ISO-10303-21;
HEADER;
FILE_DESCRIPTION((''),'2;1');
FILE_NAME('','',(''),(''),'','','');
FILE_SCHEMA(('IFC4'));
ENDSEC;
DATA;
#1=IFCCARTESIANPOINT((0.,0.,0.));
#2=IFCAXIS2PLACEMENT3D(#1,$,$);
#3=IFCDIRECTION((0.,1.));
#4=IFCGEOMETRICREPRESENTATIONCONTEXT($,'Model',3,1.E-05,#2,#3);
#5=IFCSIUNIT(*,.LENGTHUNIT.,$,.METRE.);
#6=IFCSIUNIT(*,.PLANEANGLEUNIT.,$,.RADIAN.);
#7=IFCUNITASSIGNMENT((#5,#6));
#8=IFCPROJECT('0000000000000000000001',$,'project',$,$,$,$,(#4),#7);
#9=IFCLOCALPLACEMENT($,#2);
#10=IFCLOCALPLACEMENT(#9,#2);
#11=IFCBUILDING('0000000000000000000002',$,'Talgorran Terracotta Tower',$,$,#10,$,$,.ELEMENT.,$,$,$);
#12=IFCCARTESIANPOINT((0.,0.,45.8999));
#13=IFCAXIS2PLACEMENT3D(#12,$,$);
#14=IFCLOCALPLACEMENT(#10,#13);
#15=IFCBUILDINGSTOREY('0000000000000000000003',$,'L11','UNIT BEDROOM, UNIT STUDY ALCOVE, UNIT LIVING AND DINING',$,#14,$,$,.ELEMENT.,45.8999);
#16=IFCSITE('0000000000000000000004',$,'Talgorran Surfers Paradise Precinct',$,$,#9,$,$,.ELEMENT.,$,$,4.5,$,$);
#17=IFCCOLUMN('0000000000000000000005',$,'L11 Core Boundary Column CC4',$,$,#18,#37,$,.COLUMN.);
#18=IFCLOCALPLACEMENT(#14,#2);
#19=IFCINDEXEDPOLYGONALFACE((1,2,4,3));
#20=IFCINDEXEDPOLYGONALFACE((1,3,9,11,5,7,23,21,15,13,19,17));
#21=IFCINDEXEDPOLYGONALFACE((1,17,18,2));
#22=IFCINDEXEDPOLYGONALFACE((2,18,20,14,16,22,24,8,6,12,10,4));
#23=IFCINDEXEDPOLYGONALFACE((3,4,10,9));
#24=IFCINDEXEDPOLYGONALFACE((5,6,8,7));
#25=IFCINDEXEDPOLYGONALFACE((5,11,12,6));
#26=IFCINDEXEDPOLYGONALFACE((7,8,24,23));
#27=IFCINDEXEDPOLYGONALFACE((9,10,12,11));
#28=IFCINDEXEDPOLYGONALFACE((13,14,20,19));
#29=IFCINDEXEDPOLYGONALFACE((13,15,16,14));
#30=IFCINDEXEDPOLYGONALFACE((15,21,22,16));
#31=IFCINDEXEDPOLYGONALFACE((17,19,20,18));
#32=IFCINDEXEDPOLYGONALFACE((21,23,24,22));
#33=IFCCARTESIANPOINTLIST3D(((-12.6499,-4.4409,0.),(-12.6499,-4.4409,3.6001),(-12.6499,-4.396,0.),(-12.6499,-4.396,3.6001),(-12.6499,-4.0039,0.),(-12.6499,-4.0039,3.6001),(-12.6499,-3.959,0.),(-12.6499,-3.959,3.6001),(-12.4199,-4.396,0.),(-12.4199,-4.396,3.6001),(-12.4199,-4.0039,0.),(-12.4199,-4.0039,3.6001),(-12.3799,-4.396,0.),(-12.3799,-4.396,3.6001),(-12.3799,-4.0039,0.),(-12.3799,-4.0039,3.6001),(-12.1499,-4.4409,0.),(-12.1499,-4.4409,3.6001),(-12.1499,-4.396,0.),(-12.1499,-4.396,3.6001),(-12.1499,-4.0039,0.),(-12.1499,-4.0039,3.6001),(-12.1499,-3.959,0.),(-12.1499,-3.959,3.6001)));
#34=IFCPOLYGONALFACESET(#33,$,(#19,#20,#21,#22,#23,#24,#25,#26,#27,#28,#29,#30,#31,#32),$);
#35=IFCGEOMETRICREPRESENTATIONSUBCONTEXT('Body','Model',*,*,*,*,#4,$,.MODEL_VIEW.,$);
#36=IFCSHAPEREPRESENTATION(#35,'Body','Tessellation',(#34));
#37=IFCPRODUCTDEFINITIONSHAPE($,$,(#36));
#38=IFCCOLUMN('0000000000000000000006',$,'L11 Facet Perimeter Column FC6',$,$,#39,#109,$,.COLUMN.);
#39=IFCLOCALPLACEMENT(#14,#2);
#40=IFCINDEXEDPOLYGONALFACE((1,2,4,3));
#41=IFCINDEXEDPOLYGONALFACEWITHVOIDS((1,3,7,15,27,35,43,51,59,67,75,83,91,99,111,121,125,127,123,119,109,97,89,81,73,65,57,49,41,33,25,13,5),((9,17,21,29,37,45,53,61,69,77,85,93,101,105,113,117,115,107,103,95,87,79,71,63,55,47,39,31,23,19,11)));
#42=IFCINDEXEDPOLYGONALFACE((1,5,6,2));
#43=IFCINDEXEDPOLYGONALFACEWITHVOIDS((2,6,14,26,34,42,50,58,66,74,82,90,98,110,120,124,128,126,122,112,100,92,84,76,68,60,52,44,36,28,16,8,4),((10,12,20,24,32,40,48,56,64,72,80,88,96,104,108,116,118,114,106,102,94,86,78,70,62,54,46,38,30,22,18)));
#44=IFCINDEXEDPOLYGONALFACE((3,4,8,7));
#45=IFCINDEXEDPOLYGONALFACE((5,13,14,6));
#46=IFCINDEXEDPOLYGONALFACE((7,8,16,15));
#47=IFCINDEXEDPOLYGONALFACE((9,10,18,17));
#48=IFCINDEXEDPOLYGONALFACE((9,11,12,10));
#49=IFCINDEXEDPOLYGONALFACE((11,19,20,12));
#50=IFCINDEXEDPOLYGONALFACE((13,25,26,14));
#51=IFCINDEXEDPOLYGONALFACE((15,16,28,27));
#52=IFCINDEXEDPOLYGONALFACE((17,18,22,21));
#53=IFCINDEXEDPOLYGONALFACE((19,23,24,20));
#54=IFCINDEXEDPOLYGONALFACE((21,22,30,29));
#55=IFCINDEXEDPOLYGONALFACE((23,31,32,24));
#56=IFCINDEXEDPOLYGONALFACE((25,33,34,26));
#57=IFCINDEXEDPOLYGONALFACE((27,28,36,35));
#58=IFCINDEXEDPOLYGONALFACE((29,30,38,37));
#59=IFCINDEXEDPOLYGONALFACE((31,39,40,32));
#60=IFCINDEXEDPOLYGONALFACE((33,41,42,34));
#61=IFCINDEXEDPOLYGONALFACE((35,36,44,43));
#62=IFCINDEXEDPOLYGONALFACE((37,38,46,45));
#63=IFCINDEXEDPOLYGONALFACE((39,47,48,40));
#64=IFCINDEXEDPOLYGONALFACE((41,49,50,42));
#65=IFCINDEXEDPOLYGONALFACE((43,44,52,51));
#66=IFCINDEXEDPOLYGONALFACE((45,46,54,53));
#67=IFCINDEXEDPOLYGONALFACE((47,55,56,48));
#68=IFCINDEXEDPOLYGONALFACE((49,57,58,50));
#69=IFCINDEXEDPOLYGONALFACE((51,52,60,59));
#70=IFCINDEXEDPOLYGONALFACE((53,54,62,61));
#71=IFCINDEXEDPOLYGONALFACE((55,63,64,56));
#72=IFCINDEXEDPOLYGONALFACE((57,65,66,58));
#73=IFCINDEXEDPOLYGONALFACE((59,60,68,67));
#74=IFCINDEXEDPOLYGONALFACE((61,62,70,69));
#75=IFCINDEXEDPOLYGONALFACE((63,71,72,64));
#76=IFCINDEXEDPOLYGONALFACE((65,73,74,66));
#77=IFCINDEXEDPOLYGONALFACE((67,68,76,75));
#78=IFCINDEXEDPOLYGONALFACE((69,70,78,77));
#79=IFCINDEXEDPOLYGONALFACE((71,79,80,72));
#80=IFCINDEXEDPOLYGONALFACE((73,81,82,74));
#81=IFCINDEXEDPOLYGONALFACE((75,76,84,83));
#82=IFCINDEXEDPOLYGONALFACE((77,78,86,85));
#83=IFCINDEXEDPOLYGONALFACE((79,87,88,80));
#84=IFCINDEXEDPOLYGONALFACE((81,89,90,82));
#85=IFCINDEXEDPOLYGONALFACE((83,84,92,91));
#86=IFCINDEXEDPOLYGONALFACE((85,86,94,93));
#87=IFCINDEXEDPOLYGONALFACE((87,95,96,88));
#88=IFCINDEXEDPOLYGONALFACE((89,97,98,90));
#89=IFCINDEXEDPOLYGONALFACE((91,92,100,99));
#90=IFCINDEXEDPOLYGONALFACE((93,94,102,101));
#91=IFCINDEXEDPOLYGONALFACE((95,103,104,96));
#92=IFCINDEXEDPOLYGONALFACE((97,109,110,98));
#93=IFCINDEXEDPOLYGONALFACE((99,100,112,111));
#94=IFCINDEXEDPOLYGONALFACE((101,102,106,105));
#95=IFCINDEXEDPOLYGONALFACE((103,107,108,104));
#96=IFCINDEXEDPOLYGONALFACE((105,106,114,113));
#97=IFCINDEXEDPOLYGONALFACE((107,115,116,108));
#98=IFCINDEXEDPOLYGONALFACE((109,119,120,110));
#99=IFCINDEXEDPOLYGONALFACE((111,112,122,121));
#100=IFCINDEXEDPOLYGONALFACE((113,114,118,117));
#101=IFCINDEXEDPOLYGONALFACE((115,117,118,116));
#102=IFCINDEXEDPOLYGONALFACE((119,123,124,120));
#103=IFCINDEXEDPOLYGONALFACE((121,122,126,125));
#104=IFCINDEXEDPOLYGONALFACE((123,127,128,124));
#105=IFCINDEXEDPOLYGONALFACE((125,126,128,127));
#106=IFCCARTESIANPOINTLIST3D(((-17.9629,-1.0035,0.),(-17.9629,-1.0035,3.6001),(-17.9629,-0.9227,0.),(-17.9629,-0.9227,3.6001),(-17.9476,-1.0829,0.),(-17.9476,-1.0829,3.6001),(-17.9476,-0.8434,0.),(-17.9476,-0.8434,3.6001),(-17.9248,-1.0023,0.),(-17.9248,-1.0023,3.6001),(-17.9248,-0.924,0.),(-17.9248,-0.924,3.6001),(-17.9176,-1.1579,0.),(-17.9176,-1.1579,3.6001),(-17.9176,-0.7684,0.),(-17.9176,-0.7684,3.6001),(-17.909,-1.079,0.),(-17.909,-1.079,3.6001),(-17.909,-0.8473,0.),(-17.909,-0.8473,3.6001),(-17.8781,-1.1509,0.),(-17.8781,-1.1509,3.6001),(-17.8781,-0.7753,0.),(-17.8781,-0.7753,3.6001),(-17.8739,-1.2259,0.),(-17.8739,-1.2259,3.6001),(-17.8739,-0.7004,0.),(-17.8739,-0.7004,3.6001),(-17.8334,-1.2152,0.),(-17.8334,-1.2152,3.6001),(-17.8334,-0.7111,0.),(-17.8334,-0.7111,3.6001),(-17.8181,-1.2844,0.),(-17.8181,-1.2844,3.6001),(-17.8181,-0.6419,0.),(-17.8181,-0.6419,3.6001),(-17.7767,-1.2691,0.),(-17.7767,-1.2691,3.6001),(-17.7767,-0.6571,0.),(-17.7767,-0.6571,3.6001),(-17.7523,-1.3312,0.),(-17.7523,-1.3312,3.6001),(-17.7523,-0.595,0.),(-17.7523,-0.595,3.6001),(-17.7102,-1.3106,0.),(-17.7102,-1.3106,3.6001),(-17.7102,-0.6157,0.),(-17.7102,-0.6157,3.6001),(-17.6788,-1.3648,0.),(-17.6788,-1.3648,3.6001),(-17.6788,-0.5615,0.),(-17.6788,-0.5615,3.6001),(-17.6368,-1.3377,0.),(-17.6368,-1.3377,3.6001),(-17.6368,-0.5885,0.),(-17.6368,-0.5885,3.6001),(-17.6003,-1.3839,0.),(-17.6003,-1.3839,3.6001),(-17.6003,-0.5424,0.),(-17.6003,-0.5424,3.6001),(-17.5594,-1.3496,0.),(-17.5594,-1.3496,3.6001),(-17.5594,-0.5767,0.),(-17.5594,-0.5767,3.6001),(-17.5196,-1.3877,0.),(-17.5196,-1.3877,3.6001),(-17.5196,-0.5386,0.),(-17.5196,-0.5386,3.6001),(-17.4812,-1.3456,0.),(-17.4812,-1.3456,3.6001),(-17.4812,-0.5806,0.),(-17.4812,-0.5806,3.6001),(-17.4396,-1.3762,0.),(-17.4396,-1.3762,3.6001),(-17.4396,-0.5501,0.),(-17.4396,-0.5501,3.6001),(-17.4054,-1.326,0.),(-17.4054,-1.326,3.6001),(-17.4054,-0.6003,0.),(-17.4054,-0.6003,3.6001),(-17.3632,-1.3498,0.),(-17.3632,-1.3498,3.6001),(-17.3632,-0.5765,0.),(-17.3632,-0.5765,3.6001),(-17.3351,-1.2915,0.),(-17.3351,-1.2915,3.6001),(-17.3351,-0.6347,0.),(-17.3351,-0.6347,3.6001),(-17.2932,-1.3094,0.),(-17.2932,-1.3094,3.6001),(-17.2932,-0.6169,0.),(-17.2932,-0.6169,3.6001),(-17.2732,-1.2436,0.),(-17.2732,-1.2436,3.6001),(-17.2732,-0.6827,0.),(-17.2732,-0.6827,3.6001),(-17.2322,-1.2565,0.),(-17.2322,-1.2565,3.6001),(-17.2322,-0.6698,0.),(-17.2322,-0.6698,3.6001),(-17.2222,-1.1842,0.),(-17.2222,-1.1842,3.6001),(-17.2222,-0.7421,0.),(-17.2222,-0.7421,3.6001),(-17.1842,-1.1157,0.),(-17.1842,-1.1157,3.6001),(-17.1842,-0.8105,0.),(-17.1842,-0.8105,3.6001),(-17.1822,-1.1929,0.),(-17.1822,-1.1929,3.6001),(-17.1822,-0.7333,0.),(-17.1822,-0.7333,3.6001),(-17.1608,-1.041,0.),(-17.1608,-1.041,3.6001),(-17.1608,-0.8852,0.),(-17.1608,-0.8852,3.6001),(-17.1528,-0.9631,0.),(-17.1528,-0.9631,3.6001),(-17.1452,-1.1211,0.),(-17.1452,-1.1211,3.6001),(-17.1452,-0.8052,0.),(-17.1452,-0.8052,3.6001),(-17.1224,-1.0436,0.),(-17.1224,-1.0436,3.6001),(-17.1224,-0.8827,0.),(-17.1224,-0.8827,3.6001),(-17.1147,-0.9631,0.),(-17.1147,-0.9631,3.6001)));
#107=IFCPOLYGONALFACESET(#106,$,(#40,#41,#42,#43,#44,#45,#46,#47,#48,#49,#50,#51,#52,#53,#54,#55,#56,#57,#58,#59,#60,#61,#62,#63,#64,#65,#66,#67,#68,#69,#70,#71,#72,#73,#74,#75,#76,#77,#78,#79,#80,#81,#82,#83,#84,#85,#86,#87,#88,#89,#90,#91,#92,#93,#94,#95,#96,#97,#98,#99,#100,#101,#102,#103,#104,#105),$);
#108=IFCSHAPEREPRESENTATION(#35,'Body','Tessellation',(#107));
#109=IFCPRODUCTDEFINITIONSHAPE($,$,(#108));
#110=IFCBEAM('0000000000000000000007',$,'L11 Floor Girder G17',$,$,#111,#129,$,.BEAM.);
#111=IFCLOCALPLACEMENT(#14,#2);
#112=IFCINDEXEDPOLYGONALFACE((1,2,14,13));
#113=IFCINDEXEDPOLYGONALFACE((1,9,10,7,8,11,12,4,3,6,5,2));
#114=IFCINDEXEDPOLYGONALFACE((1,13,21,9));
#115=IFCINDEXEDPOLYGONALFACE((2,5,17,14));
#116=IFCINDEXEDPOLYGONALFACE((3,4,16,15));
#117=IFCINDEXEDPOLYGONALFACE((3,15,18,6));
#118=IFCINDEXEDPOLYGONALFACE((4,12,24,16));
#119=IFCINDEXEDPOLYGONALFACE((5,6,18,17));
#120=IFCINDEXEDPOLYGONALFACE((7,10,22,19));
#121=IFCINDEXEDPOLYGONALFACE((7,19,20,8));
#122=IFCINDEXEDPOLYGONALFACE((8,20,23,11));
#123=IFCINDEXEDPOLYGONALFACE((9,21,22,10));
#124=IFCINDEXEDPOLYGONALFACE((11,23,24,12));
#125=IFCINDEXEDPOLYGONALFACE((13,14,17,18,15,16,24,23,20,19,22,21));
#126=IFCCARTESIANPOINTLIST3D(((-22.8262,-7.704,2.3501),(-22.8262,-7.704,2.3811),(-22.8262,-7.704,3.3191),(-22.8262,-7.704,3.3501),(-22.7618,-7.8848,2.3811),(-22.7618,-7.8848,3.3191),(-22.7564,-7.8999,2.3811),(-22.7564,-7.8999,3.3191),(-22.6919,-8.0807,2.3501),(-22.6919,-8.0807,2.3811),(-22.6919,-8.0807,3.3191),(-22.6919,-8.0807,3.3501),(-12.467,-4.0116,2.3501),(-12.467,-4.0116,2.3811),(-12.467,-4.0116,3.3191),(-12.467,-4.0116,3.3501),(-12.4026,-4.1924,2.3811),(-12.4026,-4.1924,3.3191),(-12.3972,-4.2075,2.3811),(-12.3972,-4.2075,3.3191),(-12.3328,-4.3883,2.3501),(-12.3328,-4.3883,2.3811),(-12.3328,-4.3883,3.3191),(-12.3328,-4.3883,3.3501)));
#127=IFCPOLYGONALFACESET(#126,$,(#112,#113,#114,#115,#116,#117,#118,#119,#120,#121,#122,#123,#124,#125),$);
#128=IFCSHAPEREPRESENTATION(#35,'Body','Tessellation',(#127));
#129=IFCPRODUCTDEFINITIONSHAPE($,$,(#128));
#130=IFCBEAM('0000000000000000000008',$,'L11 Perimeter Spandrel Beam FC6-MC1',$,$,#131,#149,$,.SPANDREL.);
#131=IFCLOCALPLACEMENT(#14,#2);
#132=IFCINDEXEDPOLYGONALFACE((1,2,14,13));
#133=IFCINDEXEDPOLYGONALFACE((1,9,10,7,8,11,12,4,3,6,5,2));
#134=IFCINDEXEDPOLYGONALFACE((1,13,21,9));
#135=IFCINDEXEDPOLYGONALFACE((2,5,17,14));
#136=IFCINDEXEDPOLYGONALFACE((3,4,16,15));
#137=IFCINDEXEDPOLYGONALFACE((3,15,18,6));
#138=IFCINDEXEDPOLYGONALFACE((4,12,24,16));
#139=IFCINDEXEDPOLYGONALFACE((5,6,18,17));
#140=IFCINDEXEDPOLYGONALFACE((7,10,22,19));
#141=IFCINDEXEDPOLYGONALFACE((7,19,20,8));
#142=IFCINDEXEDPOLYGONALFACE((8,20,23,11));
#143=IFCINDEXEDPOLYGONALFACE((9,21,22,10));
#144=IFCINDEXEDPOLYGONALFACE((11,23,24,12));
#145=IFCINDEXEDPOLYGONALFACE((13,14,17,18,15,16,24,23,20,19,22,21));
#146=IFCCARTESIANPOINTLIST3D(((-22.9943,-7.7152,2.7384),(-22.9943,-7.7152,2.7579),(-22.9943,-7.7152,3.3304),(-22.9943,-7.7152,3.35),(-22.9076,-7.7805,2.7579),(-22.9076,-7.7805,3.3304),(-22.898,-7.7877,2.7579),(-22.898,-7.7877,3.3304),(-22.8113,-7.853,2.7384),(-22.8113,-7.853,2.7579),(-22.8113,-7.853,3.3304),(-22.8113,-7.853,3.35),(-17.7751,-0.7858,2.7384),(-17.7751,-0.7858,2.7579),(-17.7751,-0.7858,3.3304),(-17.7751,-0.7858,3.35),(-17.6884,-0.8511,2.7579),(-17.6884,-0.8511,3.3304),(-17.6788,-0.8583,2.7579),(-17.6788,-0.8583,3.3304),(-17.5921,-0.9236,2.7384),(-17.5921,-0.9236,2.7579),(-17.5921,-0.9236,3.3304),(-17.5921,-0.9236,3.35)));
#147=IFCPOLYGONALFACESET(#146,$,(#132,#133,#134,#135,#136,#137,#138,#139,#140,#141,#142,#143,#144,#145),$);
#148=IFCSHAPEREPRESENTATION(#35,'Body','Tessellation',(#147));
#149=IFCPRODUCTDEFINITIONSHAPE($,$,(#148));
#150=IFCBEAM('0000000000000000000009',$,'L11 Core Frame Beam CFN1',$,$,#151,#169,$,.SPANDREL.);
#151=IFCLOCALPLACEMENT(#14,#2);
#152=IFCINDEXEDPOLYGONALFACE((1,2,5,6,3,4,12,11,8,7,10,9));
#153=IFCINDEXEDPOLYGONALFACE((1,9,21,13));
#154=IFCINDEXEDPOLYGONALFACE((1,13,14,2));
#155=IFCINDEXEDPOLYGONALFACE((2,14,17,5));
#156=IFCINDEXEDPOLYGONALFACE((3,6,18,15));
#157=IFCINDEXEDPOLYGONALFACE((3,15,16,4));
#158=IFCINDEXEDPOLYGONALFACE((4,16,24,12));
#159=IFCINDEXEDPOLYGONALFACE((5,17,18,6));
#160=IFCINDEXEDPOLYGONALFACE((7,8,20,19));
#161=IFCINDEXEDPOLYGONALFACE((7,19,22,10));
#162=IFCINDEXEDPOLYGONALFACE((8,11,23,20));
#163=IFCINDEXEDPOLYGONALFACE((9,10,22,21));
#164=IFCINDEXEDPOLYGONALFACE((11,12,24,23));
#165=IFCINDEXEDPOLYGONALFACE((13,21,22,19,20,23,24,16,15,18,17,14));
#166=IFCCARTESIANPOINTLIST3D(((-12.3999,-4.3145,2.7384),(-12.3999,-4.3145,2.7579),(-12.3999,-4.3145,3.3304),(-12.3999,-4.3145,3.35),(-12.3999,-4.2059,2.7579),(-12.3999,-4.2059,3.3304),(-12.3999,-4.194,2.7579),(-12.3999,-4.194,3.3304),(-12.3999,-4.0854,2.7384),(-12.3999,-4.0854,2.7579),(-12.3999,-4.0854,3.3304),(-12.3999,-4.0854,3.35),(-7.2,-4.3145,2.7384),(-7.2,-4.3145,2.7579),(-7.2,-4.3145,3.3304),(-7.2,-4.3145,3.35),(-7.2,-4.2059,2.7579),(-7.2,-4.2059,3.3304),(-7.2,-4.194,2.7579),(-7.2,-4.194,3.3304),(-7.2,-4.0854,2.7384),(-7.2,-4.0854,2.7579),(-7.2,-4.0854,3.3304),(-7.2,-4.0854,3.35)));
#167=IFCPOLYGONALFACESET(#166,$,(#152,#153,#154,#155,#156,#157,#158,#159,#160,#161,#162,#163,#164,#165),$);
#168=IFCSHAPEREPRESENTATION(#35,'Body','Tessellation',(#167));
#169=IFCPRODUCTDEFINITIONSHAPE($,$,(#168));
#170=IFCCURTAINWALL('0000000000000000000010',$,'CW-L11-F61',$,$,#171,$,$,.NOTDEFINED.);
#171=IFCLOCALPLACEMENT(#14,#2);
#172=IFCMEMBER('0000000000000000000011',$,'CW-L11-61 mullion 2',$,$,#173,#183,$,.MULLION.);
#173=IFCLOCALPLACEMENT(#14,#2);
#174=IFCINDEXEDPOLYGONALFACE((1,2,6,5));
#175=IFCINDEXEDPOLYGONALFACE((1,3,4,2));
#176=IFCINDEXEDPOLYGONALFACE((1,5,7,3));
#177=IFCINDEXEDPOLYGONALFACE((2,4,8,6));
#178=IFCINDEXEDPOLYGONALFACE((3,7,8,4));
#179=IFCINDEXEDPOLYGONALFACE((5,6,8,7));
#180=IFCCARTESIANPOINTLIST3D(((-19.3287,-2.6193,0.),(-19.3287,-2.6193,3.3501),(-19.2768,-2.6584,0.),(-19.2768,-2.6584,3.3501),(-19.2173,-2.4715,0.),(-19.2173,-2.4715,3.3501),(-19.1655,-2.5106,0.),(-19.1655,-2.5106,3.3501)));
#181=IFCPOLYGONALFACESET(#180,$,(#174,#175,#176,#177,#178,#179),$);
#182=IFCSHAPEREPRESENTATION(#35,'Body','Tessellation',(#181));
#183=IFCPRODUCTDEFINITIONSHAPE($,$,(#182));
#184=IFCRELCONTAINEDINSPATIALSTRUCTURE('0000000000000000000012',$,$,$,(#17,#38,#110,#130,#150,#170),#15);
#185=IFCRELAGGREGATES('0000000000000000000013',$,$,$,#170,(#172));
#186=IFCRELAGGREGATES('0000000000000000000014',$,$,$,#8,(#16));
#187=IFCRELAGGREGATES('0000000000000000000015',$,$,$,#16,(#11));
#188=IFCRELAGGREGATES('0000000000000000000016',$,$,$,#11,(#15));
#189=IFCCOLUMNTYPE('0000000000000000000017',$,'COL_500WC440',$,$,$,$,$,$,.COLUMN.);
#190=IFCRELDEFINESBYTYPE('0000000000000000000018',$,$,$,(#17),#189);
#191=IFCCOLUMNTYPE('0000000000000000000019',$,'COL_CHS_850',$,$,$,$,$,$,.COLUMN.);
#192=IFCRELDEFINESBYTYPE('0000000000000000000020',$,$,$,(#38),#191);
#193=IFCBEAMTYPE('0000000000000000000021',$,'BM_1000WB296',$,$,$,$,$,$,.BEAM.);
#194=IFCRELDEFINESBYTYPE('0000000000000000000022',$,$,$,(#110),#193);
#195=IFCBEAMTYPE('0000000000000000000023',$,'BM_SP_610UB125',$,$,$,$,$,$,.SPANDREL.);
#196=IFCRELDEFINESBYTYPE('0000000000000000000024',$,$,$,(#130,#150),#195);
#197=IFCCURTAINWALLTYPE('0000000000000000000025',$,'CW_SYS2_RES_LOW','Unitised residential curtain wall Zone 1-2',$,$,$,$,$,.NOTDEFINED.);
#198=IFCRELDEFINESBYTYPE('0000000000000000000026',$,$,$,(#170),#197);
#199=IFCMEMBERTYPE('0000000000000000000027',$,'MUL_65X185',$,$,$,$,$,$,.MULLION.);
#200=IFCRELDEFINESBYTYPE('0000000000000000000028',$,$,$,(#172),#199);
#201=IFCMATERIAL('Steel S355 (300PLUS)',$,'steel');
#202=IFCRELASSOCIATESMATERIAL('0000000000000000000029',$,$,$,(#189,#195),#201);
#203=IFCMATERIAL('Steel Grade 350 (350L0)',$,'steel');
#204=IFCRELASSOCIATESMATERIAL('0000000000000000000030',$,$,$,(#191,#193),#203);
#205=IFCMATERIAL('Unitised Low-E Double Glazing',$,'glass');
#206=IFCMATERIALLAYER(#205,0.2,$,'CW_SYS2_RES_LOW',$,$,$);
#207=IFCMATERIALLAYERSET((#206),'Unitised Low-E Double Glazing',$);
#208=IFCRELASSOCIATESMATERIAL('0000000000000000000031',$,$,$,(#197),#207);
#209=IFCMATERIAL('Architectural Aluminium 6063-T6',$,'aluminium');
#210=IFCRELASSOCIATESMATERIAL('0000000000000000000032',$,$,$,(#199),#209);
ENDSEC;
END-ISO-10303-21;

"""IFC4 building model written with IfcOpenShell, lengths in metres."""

from ifc_helpers import new_model, si_unit, direction, frame, origin, origin_2d, place, context, subcontext, project, spatial, rectangle, hollow_circle, i_section, extrude, material, layer, layer_set, material_profile, profile_set, type_object, element, aggregate, save


model = new_model("IFC4")

# Units and contexts
model_context = context("Model", 3, precision=1e-05, world=origin(), true_north=direction((0.0, 1.0)))
body_context = subcontext(model_context, "Body", "Model", "MODEL_VIEW")
ifc_project = project(units=[si_unit("LENGTHUNIT", "METRE"), si_unit("PLANEANGLEUNIT", "RADIAN")], contexts=[model_context])

# Site, building, storey
site_placement = place(None, origin())
site = spatial("IfcSite", under=ifc_project, at=site_placement, Name="Talgorran Surfers Paradise Precinct", CompositionType="ELEMENT", RefElevation=4.5)
building_placement = place(site_placement, origin())
building = spatial("IfcBuilding", under=site, at=building_placement, Name="Talgorran Terracotta Tower", CompositionType="ELEMENT")
storey_placement = place(building_placement, frame((0.0, 0.0, 45.8999)))
storey = spatial("IfcBuildingStorey", under=building, at=storey_placement, Name="L11", Description="UNIT BEDROOM, UNIT STUDY ALCOVE, UNIT LIVING AND DINING", CompositionType="ELEMENT", Elevation=45.8999)

# Columns
ifc_material_1 = material(Name="Steel S355 (300PLUS)", Category="steel")
ifc_material_profile_1 = material_profile(ifc_material_1, i_section(OverallWidth=0.5, OverallDepth=0.4819, WebThickness=0.04, FlangeThickness=0.0449, at=origin_2d()), Name="500WC440")
ifc_profile_set_1 = profile_set([ifc_material_profile_1], Name="Steel S355 (300PLUS)")
column_type_1 = type_object("IfcColumnType", Name="COL_500WC440", PredefinedType="COLUMN", material=ifc_profile_set_1)
column_1_placement = place(storey_placement, frame((-12.3999, -4.2, 0.0), z_axis=(0.0, 0.0, 1.0), x_axis=(1.0, 0.0, 0.0)))
element("IfcColumn", 1, at=column_1_placement, inside=storey, type_object=column_type_1, Name="L11 Core Boundary Column CC4", PredefinedType="COLUMN", context=body_context, shape_type="SweptSolid", body=[
    extrude(i_section(OverallWidth=0.5, OverallDepth=0.4819, WebThickness=0.04, FlangeThickness=0.0449, at=origin_2d()), origin(), (0.0, 0.0, 1.0), 3.6001),
])
ifc_material_2 = material(Name="Steel Grade 350 (350L0)", Category="steel")
ifc_material_profile_2 = material_profile(ifc_material_2, hollow_circle(Radius=0.425, WallThickness=0.0381, at=origin_2d()), Name="CHS850X38")
ifc_profile_set_2 = profile_set([ifc_material_profile_2], Name="Steel Grade 350 (350L0)")
column_type_2 = type_object("IfcColumnType", Name="COL_CHS_850", PredefinedType="COLUMN", material=ifc_profile_set_2)
column_2_placement = place(storey_placement, frame((-17.5398, -0.9631, 0.0), z_axis=(0.0, 0.0, 1.0), x_axis=(1.0, 0.0, 0.0)))
element("IfcColumn", 2, at=column_2_placement, inside=storey, type_object=column_type_2, Name="L11 Facet Perimeter Column FC6", PredefinedType="COLUMN", context=body_context, shape_type="SweptSolid", body=[
    extrude(hollow_circle(Radius=0.425, WallThickness=0.0381, at=origin_2d()), origin(), (0.0, 0.0, 1.0), 3.6001),
])

# Beams
ifc_material_profile_3 = material_profile(ifc_material_2, i_section(OverallWidth=0.3999, OverallDepth=1.0, WebThickness=0.0161, FlangeThickness=0.031, at=origin_2d()), Name="1000WB296")
ifc_profile_set_3 = profile_set([ifc_material_profile_3], Name="Steel Grade 350 (350L0)")
beam_type_1 = type_object("IfcBeamType", Name="BM_1000WB296", PredefinedType="BEAM", material=ifc_profile_set_3)
beam_1_placement = place(storey_placement, frame((-12.3999, -4.2, 2.8501), z_axis=(-0.941952, -0.335747, 0.0), x_axis=(0.335747, -0.941952, 0.0)))
element("IfcBeam", 3, at=beam_1_placement, inside=storey, type_object=beam_type_1, Name="L11 Floor Girder G17", PredefinedType="BEAM", context=body_context, shape_type="SweptSolid", body=[
    extrude(i_section(OverallWidth=0.3999, OverallDepth=1.0, WebThickness=0.0161, FlangeThickness=0.031, at=origin_2d()), origin(), (0.0, 0.0, 1.0), 10.9976),
])
ifc_material_profile_4 = material_profile(ifc_material_1, i_section(OverallWidth=0.229, OverallDepth=0.6116, WebThickness=0.012, FlangeThickness=0.0195, at=origin_2d()), Name="610UB125")
ifc_profile_set_4 = profile_set([ifc_material_profile_4], Name="Steel S355 (300PLUS)")
beam_type_2 = type_object("IfcBeamType", Name="BM_SP_610UB125", PredefinedType="SPANDREL", material=ifc_profile_set_4)
beam_2_placement = place(storey_placement, frame((-17.6836, -0.8547, 3.0442), z_axis=(-0.601633, -0.798772, 0.0), x_axis=(0.798772, -0.601633, 0.0)))
element("IfcBeam", 4, at=beam_2_placement, inside=storey, type_object=beam_type_2, Name="L11 Perimeter Spandrel Beam FC6-MC1", PredefinedType="SPANDREL", context=body_context, shape_type="SweptSolid", body=[
    extrude(i_section(OverallWidth=0.229, OverallDepth=0.6116, WebThickness=0.012, FlangeThickness=0.0195, at=origin_2d()), origin(), (0.0, 0.0, 1.0), 8.675),
])
beam_3_placement = place(storey_placement, frame((-12.3999, -4.2, 3.0442), z_axis=(1.0, 0.0, 0.0), x_axis=(0.0, 1.0, 0.0)))
element("IfcBeam", 5, at=beam_3_placement, inside=storey, type_object=beam_type_2, Name="L11 Core Frame Beam CFN1", PredefinedType="SPANDREL", context=body_context, shape_type="SweptSolid", body=[
    extrude(i_section(OverallWidth=0.229, OverallDepth=0.6116, WebThickness=0.012, FlangeThickness=0.0195, at=origin_2d()), origin(), (0.0, 0.0, 1.0), 5.2),
])

# Curtain wall, member
ifc_material_3 = material(Name="Unitised Low-E Double Glazing", Category="glass")
ifc_layer_1 = layer(ifc_material_3, 0.2, Name="CW_SYS2_RES_LOW")
ifc_layer_set_1 = layer_set([ifc_layer_1], Name="Unitised Low-E Double Glazing")
curtain_wall_type = type_object("IfcCurtainWallType", Name="CW_SYS2_RES_LOW", Description="Unitised residential curtain wall Zone 1-2", PredefinedType="NOTDEFINED", material=ifc_layer_set_1)
curtain_wall_1_placement = place(storey_placement, origin())
curtain_wall_1 = element("IfcCurtainWall", 6, at=curtain_wall_1_placement, inside=storey, type_object=curtain_wall_type, Name="CW-L11-F61", PredefinedType="NOTDEFINED")
ifc_material_4 = material(Name="Architectural Aluminium 6063-T6", Category="aluminium")
ifc_material_profile_5 = material_profile(ifc_material_4, rectangle(XDim=0.0649, YDim=0.1851, at=origin_2d()), Name="CWM65X185")
ifc_profile_set_5 = profile_set([ifc_material_profile_5], Name="Architectural Aluminium 6063-T6")
member_type_1 = type_object("IfcMemberType", Name="MUL_65X185", PredefinedType="MULLION", material=ifc_profile_set_5)
member_1_placement = place(storey_placement, frame((-19.2471, -2.5649, 0.0), z_axis=(0.0, 0.0, 1.0), x_axis=(0.798776, -0.601629, 0.0)))
member_1 = element("IfcMember", 7, at=member_1_placement, type_object=member_type_1, Name="CW-L11-61 mullion 2", PredefinedType="MULLION", context=body_context, shape_type="SweptSolid", body=[
    extrude(rectangle(XDim=0.0649, YDim=0.1851, at=origin_2d()), origin(), (0.0, 0.0, 1.0), 3.3501),
])

aggregate(curtain_wall_1, [member_1])

save(model, "model.ifc")
